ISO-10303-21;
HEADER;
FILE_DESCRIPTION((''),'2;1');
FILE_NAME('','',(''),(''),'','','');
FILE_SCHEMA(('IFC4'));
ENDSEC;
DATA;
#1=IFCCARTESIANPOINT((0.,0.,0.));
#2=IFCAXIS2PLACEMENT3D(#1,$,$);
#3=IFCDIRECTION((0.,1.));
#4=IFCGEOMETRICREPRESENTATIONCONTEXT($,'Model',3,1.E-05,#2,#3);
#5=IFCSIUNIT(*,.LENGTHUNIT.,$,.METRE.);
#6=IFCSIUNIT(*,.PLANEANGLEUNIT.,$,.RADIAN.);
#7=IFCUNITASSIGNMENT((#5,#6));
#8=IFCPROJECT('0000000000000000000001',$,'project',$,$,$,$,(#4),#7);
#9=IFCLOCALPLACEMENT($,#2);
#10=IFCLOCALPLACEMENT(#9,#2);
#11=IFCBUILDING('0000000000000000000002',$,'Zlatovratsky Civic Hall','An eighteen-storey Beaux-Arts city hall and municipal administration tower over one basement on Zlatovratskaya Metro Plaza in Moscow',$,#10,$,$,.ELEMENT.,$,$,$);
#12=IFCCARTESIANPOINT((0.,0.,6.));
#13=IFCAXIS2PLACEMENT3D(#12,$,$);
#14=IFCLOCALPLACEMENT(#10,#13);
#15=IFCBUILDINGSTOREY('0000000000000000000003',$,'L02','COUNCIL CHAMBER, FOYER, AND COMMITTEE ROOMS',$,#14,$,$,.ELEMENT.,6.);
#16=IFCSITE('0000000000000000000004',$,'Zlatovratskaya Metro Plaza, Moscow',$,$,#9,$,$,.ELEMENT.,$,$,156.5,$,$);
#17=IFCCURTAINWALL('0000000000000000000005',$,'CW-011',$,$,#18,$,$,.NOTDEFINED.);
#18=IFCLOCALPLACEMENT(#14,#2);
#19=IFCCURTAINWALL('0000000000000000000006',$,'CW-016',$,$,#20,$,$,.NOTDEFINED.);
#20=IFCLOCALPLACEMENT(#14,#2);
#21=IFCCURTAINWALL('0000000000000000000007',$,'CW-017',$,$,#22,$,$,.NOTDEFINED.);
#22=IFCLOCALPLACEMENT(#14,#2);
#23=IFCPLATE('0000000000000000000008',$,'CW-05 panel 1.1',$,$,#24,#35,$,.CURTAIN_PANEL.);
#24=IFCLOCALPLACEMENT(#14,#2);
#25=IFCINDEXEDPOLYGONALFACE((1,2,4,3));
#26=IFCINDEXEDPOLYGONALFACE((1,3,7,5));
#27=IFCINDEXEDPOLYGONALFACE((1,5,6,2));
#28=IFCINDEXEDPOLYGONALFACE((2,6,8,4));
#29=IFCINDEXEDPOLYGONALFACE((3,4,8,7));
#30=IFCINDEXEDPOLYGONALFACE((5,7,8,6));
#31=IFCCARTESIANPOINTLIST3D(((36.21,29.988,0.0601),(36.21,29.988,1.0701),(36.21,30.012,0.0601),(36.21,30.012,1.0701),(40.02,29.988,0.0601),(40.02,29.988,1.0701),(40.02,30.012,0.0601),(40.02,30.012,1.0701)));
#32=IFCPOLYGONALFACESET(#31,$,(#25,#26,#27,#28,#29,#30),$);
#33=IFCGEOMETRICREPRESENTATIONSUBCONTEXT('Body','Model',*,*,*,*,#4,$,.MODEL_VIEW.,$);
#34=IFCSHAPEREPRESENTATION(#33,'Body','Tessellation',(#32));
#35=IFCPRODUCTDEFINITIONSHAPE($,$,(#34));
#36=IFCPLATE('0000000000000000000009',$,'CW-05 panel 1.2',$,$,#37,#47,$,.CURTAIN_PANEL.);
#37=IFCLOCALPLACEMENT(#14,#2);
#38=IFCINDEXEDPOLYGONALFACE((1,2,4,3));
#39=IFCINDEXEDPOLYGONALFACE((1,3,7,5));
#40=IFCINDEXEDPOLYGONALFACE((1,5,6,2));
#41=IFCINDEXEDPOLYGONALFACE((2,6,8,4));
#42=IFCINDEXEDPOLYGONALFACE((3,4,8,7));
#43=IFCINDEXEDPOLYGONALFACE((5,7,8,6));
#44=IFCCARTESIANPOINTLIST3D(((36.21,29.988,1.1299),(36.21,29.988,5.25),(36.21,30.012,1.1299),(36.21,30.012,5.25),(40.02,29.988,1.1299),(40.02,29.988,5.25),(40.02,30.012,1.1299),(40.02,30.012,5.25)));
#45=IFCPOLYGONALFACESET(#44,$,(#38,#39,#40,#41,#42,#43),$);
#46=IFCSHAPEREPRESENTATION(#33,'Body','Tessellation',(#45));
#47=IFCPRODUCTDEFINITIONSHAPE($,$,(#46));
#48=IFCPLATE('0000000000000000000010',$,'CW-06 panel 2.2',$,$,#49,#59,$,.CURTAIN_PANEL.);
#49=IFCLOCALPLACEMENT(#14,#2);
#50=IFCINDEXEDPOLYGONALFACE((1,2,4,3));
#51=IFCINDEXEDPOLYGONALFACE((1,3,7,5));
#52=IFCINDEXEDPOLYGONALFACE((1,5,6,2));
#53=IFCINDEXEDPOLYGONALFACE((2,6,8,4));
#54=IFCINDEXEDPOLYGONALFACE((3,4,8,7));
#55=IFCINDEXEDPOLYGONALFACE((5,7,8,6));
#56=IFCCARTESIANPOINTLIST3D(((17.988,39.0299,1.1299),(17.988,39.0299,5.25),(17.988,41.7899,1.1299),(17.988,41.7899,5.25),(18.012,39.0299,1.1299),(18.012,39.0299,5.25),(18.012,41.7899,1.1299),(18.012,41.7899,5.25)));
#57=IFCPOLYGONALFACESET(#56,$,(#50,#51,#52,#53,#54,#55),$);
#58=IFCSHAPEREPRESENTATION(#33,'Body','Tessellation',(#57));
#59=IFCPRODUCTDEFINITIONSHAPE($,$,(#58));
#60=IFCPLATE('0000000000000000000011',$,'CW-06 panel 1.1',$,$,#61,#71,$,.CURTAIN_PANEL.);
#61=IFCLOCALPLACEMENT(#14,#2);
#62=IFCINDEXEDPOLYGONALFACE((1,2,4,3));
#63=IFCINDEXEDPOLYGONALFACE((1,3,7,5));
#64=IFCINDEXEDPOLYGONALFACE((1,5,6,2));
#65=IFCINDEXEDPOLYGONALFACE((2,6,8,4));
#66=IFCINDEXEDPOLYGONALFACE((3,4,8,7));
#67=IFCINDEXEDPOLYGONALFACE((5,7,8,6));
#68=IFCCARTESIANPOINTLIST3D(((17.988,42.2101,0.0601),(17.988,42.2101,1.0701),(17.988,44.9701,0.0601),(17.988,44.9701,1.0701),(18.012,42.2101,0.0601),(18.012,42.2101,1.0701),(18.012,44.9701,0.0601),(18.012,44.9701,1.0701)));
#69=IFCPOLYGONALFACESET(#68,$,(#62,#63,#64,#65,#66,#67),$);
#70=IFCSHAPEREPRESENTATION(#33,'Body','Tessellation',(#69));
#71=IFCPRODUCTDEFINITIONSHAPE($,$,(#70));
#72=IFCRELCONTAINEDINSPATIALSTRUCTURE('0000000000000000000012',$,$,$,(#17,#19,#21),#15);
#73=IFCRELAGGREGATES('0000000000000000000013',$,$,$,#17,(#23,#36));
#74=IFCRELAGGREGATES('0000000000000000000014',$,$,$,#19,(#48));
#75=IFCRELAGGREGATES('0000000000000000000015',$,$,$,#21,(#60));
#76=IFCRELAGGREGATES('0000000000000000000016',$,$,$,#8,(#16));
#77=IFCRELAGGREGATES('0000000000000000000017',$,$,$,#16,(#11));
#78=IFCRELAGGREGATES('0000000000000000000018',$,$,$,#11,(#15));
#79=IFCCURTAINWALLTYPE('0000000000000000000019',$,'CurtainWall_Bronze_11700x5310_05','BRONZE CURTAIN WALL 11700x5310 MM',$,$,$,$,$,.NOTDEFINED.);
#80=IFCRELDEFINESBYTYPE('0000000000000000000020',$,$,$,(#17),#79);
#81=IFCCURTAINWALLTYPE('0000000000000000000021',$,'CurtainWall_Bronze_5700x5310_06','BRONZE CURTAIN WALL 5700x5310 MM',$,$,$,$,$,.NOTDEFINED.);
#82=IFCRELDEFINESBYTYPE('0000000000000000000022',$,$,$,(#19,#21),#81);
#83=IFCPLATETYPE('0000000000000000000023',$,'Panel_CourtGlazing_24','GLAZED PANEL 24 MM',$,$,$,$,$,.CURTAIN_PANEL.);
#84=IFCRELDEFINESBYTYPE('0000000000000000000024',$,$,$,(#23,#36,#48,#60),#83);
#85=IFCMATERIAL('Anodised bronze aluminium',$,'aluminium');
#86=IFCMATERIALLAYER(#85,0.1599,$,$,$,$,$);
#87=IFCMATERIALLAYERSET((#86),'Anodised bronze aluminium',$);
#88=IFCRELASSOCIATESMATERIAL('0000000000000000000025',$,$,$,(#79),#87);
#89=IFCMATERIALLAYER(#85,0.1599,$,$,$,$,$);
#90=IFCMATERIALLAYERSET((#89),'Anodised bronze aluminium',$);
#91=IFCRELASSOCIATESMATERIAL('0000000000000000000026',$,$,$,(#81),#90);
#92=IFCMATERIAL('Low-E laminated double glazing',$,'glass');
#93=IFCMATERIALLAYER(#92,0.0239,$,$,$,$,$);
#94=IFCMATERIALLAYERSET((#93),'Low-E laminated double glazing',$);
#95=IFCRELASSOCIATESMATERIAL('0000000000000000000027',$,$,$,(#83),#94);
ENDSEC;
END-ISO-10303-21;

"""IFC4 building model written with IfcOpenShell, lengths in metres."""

from ifc_helpers import new_model, si_unit, direction, frame, origin, origin_2d, place, context, subcontext, project, spatial, rectangle, extrude, material, layer, layer_set, type_object, element, aggregate, save


model = new_model("IFC4")

# Units and contexts
model_context = context("Model", 3, precision=1e-05, world=origin(), true_north=direction((0.0, 1.0)))
body_context = subcontext(model_context, "Body", "Model", "MODEL_VIEW")
ifc_project = project(units=[si_unit("LENGTHUNIT", "METRE"), si_unit("PLANEANGLEUNIT", "RADIAN")], contexts=[model_context])

# Site, building, storey
site_placement = place(None, origin())
site = spatial("IfcSite", under=ifc_project, at=site_placement, Name="Zlatovratskaya Metro Plaza, Moscow", CompositionType="ELEMENT", RefElevation=156.5)
building_placement = place(site_placement, origin())
building = spatial("IfcBuilding", under=site, at=building_placement, Name="Zlatovratsky Civic Hall", Description="An eighteen-storey Beaux-Arts city hall and municipal administration tower over one basement on Zlatovratskaya Metro Plaza in Moscow", CompositionType="ELEMENT")
storey_placement = place(building_placement, frame((0.0, 0.0, 6.0)))
storey = spatial("IfcBuildingStorey", under=building, at=storey_placement, Name="L02", Description="COUNCIL CHAMBER, FOYER, AND COMMITTEE ROOMS", CompositionType="ELEMENT", Elevation=6.0)

# Curtain wall
ifc_material_1 = material(Name="Anodised bronze aluminium", Category="aluminium")
ifc_layer_1 = layer(ifc_material_1, 0.1599)
ifc_layer_set_1 = layer_set([ifc_layer_1], Name="Anodised bronze aluminium")
curtain_wall_type_1 = type_object("IfcCurtainWallType", Name="CurtainWall_Bronze_11700x5310_05", Description="BRONZE CURTAIN WALL 11700x5310 MM", PredefinedType="NOTDEFINED", material=ifc_layer_set_1)
curtain_wall_1_placement = place(storey_placement, origin())
curtain_wall_1 = element("IfcCurtainWall", 1, at=curtain_wall_1_placement, inside=storey, type_object=curtain_wall_type_1, Name="CW-011", PredefinedType="NOTDEFINED")

# Curtain wall
ifc_layer_2 = layer(ifc_material_1, 0.1599)
ifc_layer_set_2 = layer_set([ifc_layer_2], Name="Anodised bronze aluminium")
curtain_wall_type_2 = type_object("IfcCurtainWallType", Name="CurtainWall_Bronze_5700x5310_06", Description="BRONZE CURTAIN WALL 5700x5310 MM", PredefinedType="NOTDEFINED", material=ifc_layer_set_2)
curtain_wall_2_placement = place(storey_placement, origin())
curtain_wall_2 = element("IfcCurtainWall", 2, at=curtain_wall_2_placement, inside=storey, type_object=curtain_wall_type_2, Name="CW-016", PredefinedType="NOTDEFINED")

# Curtain wall
curtain_wall_3_placement = place(storey_placement, origin())
curtain_wall_3 = element("IfcCurtainWall", 3, at=curtain_wall_3_placement, inside=storey, type_object=curtain_wall_type_2, Name="CW-017", PredefinedType="NOTDEFINED")

# Plates
ifc_material_2 = material(Name="Low-E laminated double glazing", Category="glass")
ifc_layer_3 = layer(ifc_material_2, 0.0239)
ifc_layer_set_3 = layer_set([ifc_layer_3], Name="Low-E laminated double glazing")
plate_type = type_object("IfcPlateType", Name="Panel_CourtGlazing_24", Description="GLAZED PANEL 24 MM", PredefinedType="CURTAIN_PANEL", material=ifc_layer_set_3)
plate_1_placement = place(storey_placement, frame((38.115, 30.0, 0.0601), z_axis=(0.0, 0.0, 1.0), x_axis=(1.0, 0.0, 0.0)))
plate_1 = element("IfcPlate", 4, at=plate_1_placement, type_object=plate_type, Name="CW-05 panel 1.1", PredefinedType="CURTAIN_PANEL", context=body_context, shape_type="SweptSolid", body=[
    extrude(rectangle(XDim=3.8101, YDim=0.0239, at=origin_2d()), origin(), (0.0, 0.0, 1.0), 1.01),
])
plate_2_placement = place(storey_placement, frame((38.115, 30.0, 1.1299), z_axis=(0.0, 0.0, 1.0), x_axis=(1.0, 0.0, 0.0)))
plate_2 = element("IfcPlate", 5, at=plate_2_placement, type_object=plate_type, Name="CW-05 panel 1.2", PredefinedType="CURTAIN_PANEL", context=body_context, shape_type="SweptSolid", body=[
    extrude(rectangle(XDim=3.8101, YDim=0.0239, at=origin_2d()), origin(), (0.0, 0.0, 1.0), 4.1201),
])
aggregate(curtain_wall_1, [plate_1, plate_2])
plate_3_placement = place(storey_placement, frame((18.0, 40.4099, 1.1299), z_axis=(0.0, 0.0, 1.0), x_axis=(0.0, 1.0, 0.0)))
plate_3 = element("IfcPlate", 6, at=plate_3_placement, type_object=plate_type, Name="CW-06 panel 2.2", PredefinedType="CURTAIN_PANEL", context=body_context, shape_type="SweptSolid", body=[
    extrude(rectangle(XDim=2.76, YDim=0.0239, at=origin_2d()), origin(), (0.0, 0.0, 1.0), 4.1201),
])
aggregate(curtain_wall_2, [plate_3])
plate_4_placement = place(storey_placement, frame((18.0, 43.5901, 0.0601), z_axis=(0.0, 0.0, 1.0), x_axis=(0.0, 1.0, 0.0)))
plate_4 = element("IfcPlate", 7, at=plate_4_placement, type_object=plate_type, Name="CW-06 panel 1.1", PredefinedType="CURTAIN_PANEL", context=body_context, shape_type="SweptSolid", body=[
    extrude(rectangle(XDim=2.76, YDim=0.0239, at=origin_2d()), origin(), (0.0, 0.0, 1.0), 1.01),
])
aggregate(curtain_wall_3, [plate_4])

save(model, "model.ifc")
